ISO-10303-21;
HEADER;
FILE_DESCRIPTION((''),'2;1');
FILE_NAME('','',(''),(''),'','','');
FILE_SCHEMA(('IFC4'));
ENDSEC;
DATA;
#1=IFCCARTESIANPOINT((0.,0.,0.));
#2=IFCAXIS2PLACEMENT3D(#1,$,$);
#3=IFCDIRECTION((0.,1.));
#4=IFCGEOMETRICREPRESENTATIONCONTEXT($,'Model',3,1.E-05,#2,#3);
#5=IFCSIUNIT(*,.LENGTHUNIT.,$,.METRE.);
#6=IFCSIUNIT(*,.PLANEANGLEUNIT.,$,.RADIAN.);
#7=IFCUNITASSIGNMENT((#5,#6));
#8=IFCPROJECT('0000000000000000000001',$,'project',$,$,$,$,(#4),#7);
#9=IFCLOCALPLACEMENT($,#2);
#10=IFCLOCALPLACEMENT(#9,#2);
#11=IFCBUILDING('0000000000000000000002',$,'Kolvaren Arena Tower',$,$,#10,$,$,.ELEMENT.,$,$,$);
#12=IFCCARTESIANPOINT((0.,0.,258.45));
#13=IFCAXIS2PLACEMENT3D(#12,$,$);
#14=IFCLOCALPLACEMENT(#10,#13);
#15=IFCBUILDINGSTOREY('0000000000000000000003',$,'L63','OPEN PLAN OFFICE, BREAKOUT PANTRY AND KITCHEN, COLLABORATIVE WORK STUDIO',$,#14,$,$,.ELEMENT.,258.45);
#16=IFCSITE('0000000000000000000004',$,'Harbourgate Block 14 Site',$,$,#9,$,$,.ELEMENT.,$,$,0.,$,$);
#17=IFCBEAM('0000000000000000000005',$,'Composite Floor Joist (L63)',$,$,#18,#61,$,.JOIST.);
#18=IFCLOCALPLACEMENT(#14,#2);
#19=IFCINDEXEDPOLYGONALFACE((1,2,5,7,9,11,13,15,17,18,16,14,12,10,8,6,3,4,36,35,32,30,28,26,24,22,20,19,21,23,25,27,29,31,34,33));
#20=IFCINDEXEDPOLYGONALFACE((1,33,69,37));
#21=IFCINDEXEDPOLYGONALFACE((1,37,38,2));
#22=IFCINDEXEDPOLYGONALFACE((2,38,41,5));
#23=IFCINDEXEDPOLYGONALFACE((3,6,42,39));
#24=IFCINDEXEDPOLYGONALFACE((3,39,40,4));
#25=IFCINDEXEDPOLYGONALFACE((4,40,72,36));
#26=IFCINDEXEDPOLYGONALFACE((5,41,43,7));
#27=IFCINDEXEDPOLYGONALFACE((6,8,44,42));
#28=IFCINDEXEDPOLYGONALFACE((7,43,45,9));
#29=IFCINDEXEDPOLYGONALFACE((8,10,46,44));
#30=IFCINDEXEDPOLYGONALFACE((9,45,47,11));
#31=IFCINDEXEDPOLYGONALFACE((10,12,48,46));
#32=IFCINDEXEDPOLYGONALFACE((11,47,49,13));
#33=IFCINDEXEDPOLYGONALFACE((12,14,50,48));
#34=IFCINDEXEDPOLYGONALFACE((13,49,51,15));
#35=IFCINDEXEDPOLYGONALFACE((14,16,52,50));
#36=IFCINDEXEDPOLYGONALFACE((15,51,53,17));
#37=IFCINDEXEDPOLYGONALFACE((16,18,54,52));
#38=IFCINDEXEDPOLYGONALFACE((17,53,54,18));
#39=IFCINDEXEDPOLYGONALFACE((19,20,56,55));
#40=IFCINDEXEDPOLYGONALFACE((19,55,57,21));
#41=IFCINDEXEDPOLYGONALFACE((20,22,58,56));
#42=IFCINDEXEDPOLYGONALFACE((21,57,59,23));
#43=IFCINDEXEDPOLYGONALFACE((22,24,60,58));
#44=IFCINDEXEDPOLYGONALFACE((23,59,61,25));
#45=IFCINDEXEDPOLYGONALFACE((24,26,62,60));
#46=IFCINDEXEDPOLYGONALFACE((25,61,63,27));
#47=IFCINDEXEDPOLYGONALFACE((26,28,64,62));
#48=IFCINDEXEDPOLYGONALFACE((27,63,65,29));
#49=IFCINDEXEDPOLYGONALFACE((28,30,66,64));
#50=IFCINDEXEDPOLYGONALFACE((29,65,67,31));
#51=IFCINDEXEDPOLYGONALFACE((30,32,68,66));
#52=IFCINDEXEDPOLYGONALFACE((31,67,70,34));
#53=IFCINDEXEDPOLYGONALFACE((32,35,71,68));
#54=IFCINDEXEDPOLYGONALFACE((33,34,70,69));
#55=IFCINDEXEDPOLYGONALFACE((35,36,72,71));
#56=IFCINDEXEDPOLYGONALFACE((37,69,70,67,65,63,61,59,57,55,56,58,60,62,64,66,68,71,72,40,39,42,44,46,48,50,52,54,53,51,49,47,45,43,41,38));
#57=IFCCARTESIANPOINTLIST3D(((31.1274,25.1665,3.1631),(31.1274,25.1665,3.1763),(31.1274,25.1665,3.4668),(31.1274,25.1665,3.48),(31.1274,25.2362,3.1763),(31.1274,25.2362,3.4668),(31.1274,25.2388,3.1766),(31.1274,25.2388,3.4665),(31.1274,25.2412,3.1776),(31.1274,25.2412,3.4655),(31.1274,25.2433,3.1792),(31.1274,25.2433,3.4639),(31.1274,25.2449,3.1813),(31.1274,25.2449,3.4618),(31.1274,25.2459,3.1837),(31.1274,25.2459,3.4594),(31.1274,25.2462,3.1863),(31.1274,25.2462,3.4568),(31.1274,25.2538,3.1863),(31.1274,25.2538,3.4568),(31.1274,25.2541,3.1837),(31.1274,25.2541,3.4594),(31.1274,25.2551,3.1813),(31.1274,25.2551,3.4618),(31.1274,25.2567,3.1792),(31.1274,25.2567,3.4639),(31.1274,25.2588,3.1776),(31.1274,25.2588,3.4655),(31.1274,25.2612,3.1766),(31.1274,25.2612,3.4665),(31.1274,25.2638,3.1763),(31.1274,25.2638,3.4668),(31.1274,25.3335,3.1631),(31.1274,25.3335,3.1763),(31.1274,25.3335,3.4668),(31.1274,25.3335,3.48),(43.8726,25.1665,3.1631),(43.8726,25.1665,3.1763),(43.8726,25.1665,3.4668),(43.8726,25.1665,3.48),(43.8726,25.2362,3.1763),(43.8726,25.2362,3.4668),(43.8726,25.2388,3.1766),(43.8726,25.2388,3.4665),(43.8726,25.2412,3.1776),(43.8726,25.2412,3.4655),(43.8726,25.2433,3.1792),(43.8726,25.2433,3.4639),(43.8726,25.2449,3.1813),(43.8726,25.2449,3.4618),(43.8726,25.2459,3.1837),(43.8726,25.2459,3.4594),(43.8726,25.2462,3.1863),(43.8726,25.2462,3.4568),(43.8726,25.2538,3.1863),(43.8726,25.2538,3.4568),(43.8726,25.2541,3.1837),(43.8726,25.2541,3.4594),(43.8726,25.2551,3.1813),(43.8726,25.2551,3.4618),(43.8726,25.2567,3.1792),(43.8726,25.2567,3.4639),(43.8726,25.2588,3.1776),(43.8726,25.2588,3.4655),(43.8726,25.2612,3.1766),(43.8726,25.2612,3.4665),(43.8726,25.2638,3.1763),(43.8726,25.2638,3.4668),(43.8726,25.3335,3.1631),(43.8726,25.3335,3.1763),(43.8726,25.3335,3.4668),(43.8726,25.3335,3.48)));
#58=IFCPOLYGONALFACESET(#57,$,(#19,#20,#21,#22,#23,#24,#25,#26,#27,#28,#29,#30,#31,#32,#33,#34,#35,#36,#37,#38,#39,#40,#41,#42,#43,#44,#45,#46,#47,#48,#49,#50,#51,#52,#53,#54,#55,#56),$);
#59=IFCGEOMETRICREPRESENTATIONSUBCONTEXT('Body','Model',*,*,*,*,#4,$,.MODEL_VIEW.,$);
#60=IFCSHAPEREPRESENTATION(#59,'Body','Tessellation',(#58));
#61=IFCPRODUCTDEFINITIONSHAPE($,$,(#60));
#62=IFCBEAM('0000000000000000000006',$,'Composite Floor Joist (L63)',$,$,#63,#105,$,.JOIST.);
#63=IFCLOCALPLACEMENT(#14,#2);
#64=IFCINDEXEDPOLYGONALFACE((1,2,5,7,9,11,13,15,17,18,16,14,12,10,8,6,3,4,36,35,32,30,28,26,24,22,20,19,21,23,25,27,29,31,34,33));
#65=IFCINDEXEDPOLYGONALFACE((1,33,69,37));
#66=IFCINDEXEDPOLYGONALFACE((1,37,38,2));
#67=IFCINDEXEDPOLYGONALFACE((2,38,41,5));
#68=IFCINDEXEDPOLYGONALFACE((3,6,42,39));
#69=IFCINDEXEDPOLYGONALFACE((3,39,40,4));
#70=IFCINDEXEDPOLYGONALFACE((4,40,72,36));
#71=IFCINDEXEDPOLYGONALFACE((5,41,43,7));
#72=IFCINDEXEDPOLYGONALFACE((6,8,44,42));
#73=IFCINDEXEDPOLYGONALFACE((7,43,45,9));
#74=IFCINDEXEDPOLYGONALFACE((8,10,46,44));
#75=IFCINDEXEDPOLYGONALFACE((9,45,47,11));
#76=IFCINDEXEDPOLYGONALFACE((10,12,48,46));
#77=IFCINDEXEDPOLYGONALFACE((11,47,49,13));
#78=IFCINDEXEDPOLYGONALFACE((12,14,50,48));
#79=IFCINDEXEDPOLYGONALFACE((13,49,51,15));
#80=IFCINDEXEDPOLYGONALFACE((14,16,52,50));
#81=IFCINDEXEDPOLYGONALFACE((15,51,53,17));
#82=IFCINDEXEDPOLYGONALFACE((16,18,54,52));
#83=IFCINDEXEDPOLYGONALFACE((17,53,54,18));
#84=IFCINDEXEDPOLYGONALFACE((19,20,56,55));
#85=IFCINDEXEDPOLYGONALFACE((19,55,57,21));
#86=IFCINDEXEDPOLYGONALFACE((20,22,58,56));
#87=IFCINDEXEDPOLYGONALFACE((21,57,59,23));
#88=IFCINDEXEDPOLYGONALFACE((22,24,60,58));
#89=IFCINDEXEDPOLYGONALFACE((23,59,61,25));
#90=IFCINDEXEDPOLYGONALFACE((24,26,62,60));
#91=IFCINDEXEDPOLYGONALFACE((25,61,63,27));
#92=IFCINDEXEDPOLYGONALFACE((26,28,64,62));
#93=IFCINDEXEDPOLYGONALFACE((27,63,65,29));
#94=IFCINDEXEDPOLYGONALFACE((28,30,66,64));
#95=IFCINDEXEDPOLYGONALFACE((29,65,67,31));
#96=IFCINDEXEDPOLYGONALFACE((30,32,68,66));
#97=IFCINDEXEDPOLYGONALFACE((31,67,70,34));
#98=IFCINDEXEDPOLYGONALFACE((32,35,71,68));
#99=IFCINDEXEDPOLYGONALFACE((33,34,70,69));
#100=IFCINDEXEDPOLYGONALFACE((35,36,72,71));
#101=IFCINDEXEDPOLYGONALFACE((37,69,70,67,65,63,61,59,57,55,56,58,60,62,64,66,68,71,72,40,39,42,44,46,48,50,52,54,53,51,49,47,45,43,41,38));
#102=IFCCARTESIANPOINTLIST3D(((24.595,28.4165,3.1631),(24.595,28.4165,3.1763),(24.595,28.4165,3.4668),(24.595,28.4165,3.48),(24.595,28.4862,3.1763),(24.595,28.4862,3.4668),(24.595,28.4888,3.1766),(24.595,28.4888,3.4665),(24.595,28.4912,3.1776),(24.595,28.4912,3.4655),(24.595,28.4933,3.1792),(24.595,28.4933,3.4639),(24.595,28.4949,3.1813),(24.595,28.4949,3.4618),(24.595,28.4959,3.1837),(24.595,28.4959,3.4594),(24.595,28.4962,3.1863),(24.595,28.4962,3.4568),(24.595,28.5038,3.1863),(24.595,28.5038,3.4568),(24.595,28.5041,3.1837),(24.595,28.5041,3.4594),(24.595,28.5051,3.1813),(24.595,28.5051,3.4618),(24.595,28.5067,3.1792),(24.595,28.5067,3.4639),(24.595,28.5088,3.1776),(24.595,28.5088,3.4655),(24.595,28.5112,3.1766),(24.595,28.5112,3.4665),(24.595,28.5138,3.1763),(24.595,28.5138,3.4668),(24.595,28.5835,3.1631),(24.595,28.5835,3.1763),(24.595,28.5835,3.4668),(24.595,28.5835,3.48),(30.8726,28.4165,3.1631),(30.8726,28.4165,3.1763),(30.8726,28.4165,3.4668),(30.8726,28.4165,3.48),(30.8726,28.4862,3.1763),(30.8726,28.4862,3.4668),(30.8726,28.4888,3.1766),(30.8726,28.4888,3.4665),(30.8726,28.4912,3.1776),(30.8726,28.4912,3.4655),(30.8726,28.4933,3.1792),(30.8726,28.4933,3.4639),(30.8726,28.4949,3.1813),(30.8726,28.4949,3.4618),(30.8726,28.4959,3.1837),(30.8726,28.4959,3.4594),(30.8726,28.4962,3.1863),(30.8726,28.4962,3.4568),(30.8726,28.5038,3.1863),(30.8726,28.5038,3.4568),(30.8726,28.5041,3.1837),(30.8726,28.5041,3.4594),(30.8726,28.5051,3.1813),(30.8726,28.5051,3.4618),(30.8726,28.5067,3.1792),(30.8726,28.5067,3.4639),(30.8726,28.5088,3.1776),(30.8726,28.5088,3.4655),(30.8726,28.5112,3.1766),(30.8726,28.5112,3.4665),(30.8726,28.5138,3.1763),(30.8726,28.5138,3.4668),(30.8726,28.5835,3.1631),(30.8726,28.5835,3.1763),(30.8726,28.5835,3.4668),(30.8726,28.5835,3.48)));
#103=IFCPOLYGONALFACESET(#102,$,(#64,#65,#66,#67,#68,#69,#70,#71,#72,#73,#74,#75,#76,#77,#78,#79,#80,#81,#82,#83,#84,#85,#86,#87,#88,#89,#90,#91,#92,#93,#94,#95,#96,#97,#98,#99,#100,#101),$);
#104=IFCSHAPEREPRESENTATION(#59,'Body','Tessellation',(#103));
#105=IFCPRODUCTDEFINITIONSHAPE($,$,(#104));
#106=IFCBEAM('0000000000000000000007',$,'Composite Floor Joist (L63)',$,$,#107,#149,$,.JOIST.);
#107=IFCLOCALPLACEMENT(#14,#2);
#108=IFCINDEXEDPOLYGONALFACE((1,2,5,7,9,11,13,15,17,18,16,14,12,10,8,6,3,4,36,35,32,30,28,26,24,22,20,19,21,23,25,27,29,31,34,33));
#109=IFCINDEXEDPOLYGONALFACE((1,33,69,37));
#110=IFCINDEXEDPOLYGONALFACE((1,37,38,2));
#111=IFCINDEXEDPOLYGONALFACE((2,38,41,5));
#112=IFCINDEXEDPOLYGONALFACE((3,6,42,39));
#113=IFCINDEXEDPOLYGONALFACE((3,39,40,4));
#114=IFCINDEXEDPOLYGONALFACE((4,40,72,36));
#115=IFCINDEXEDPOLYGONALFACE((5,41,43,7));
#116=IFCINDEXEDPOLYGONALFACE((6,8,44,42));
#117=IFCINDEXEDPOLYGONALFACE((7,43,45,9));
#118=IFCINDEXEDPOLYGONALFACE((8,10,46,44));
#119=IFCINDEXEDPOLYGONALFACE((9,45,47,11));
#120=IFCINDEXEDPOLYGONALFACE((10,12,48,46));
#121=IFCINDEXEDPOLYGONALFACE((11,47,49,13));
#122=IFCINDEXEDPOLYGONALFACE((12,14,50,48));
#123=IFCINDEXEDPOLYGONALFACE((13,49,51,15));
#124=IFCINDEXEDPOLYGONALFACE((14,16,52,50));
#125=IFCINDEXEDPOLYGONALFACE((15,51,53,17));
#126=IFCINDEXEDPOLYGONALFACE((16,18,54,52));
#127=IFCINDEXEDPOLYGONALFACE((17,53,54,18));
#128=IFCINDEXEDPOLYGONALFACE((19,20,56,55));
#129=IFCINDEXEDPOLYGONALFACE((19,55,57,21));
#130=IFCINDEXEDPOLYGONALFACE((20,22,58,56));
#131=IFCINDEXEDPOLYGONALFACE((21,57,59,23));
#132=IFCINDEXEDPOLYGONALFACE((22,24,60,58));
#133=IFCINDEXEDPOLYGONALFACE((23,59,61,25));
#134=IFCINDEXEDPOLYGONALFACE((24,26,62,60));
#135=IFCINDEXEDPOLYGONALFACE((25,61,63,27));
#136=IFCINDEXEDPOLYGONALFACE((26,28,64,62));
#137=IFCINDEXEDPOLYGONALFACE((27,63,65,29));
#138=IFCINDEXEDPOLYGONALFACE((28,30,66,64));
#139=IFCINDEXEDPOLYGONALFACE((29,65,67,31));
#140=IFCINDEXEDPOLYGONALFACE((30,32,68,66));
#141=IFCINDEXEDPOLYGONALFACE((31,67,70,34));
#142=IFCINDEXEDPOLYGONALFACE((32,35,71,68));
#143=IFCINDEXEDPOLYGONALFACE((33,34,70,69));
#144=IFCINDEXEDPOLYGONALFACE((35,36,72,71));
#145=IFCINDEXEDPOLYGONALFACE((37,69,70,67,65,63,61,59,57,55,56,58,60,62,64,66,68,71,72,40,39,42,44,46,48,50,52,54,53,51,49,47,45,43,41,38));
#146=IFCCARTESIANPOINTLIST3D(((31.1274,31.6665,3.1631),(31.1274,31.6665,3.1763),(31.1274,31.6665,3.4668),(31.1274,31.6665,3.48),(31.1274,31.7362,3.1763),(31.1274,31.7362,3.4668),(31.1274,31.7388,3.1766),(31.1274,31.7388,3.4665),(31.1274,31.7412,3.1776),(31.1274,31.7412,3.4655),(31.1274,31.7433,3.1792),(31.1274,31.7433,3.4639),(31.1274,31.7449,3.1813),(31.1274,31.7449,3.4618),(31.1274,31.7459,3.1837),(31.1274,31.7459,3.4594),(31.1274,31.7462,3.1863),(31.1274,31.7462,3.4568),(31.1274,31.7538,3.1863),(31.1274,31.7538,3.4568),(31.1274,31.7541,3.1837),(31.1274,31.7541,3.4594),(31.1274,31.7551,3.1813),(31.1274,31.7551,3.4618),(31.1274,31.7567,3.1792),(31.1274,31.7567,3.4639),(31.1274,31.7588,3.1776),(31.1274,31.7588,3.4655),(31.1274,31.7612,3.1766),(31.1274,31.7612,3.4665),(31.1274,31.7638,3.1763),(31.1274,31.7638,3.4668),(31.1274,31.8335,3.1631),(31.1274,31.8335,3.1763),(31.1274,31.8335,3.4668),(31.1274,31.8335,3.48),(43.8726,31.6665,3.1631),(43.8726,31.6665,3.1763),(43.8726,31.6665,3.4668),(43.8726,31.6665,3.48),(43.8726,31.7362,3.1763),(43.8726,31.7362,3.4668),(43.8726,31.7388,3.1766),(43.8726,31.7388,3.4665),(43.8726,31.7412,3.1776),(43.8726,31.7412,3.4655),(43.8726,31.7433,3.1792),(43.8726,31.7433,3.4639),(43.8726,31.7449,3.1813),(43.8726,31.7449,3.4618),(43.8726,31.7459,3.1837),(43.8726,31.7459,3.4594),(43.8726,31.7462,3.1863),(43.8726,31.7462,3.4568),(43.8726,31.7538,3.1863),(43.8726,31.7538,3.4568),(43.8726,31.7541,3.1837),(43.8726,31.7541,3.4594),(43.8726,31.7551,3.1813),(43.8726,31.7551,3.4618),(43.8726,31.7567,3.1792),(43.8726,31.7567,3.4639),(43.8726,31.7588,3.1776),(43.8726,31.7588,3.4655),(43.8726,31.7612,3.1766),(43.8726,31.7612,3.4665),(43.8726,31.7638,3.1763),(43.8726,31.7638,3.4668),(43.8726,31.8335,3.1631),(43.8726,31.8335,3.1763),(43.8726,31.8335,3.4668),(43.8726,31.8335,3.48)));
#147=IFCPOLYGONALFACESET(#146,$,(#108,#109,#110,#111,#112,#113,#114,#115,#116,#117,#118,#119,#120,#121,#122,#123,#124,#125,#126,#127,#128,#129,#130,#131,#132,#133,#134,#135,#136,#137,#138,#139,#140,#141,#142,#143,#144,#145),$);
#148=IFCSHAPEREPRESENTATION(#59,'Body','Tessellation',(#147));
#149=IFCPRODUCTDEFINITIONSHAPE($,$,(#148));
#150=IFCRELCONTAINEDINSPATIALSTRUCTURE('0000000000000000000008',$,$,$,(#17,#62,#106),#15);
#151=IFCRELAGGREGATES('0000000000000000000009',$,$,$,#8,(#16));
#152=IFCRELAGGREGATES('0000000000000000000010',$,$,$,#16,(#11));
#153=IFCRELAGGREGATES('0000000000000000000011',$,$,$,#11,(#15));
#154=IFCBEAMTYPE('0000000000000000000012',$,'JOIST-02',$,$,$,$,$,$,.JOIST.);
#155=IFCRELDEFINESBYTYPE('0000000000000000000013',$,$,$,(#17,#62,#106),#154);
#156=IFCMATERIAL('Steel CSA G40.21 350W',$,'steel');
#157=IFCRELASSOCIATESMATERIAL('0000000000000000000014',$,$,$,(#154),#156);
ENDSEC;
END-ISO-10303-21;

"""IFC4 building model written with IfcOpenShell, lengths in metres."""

from ifc_helpers import new_model, si_unit, direction, frame, origin, origin_2d, place, context, subcontext, project, spatial, i_section, extrude, material, material_profile, profile_set, type_object, element, save


model = new_model("IFC4")

# Units and contexts
model_context = context("Model", 3, precision=1e-05, world=origin(), true_north=direction((0.0, 1.0)))
body_context = subcontext(model_context, "Body", "Model", "MODEL_VIEW")
ifc_project = project(units=[si_unit("LENGTHUNIT", "METRE"), si_unit("PLANEANGLEUNIT", "RADIAN")], contexts=[model_context])

# Site, building, storey
site_placement = place(None, origin())
site = spatial("IfcSite", under=ifc_project, at=site_placement, Name="Harbourgate Block 14 Site", CompositionType="ELEMENT", RefElevation=0.0)
building_placement = place(site_placement, origin())
building = spatial("IfcBuilding", under=site, at=building_placement, Name="Kolvaren Arena Tower", CompositionType="ELEMENT")
storey_placement = place(building_placement, frame((0.0, 0.0, 258.45)))
storey = spatial("IfcBuildingStorey", under=building, at=storey_placement, Name="L63", Description="OPEN PLAN OFFICE, BREAKOUT PANTRY AND KITCHEN, COLLABORATIVE WORK STUDIO", CompositionType="ELEMENT", Elevation=258.45)

# Beams
ifc_material_1 = material(Name="Steel CSA G40.21 350W", Category="steel")
ifc_material_profile_1 = material_profile(ifc_material_1, i_section(OverallWidth=0.167, OverallDepth=0.3169, WebThickness=0.0076, FlangeThickness=0.0132, FilletRadius=0.01, at=origin_2d()), Name="W310x52")
ifc_profile_set_1 = profile_set([ifc_material_profile_1], Name="Steel CSA G40.21 350W")
beam_type_1 = type_object("IfcBeamType", Name="JOIST-02", PredefinedType="JOIST", material=ifc_profile_set_1)
beam_1_placement = place(storey_placement, frame((31.1274, 25.25, 3.3215), z_axis=(1.0, 0.0, 0.0), x_axis=(0.0, 1.0, 0.0)))
element("IfcBeam", 1, at=beam_1_placement, inside=storey, type_object=beam_type_1, Name="Composite Floor Joist (L63)", PredefinedType="JOIST", context=body_context, shape_type="SweptSolid", body=[
    extrude(i_section(OverallWidth=0.167, OverallDepth=0.3169, WebThickness=0.0076, FlangeThickness=0.0132, FilletRadius=0.01, at=origin_2d()), origin(), (0.0, 0.0, 1.0), 12.7451),
])
beam_2_placement = place(storey_placement, frame((24.595, 28.5, 3.3215), z_axis=(1.0, 0.0, 0.0), x_axis=(0.0, 1.0, 0.0)))
element("IfcBeam", 2, at=beam_2_placement, inside=storey, type_object=beam_type_1, Name="Composite Floor Joist (L63)", PredefinedType="JOIST", context=body_context, shape_type="SweptSolid", body=[
    extrude(i_section(OverallWidth=0.167, OverallDepth=0.3169, WebThickness=0.0076, FlangeThickness=0.0132, FilletRadius=0.01, at=origin_2d()), origin(), (0.0, 0.0, 1.0), 6.2776),
])
beam_3_placement = place(storey_placement, frame((31.1274, 31.75, 3.3215), z_axis=(1.0, 0.0, 0.0), x_axis=(0.0, 1.0, 0.0)))
element("IfcBeam", 3, at=beam_3_placement, inside=storey, type_object=beam_type_1, Name="Composite Floor Joist (L63)", PredefinedType="JOIST", context=body_context, shape_type="SweptSolid", body=[
    extrude(i_section(OverallWidth=0.167, OverallDepth=0.3169, WebThickness=0.0076, FlangeThickness=0.0132, FilletRadius=0.01, at=origin_2d()), origin(), (0.0, 0.0, 1.0), 12.7451),
])

save(model, "model.ifc")
